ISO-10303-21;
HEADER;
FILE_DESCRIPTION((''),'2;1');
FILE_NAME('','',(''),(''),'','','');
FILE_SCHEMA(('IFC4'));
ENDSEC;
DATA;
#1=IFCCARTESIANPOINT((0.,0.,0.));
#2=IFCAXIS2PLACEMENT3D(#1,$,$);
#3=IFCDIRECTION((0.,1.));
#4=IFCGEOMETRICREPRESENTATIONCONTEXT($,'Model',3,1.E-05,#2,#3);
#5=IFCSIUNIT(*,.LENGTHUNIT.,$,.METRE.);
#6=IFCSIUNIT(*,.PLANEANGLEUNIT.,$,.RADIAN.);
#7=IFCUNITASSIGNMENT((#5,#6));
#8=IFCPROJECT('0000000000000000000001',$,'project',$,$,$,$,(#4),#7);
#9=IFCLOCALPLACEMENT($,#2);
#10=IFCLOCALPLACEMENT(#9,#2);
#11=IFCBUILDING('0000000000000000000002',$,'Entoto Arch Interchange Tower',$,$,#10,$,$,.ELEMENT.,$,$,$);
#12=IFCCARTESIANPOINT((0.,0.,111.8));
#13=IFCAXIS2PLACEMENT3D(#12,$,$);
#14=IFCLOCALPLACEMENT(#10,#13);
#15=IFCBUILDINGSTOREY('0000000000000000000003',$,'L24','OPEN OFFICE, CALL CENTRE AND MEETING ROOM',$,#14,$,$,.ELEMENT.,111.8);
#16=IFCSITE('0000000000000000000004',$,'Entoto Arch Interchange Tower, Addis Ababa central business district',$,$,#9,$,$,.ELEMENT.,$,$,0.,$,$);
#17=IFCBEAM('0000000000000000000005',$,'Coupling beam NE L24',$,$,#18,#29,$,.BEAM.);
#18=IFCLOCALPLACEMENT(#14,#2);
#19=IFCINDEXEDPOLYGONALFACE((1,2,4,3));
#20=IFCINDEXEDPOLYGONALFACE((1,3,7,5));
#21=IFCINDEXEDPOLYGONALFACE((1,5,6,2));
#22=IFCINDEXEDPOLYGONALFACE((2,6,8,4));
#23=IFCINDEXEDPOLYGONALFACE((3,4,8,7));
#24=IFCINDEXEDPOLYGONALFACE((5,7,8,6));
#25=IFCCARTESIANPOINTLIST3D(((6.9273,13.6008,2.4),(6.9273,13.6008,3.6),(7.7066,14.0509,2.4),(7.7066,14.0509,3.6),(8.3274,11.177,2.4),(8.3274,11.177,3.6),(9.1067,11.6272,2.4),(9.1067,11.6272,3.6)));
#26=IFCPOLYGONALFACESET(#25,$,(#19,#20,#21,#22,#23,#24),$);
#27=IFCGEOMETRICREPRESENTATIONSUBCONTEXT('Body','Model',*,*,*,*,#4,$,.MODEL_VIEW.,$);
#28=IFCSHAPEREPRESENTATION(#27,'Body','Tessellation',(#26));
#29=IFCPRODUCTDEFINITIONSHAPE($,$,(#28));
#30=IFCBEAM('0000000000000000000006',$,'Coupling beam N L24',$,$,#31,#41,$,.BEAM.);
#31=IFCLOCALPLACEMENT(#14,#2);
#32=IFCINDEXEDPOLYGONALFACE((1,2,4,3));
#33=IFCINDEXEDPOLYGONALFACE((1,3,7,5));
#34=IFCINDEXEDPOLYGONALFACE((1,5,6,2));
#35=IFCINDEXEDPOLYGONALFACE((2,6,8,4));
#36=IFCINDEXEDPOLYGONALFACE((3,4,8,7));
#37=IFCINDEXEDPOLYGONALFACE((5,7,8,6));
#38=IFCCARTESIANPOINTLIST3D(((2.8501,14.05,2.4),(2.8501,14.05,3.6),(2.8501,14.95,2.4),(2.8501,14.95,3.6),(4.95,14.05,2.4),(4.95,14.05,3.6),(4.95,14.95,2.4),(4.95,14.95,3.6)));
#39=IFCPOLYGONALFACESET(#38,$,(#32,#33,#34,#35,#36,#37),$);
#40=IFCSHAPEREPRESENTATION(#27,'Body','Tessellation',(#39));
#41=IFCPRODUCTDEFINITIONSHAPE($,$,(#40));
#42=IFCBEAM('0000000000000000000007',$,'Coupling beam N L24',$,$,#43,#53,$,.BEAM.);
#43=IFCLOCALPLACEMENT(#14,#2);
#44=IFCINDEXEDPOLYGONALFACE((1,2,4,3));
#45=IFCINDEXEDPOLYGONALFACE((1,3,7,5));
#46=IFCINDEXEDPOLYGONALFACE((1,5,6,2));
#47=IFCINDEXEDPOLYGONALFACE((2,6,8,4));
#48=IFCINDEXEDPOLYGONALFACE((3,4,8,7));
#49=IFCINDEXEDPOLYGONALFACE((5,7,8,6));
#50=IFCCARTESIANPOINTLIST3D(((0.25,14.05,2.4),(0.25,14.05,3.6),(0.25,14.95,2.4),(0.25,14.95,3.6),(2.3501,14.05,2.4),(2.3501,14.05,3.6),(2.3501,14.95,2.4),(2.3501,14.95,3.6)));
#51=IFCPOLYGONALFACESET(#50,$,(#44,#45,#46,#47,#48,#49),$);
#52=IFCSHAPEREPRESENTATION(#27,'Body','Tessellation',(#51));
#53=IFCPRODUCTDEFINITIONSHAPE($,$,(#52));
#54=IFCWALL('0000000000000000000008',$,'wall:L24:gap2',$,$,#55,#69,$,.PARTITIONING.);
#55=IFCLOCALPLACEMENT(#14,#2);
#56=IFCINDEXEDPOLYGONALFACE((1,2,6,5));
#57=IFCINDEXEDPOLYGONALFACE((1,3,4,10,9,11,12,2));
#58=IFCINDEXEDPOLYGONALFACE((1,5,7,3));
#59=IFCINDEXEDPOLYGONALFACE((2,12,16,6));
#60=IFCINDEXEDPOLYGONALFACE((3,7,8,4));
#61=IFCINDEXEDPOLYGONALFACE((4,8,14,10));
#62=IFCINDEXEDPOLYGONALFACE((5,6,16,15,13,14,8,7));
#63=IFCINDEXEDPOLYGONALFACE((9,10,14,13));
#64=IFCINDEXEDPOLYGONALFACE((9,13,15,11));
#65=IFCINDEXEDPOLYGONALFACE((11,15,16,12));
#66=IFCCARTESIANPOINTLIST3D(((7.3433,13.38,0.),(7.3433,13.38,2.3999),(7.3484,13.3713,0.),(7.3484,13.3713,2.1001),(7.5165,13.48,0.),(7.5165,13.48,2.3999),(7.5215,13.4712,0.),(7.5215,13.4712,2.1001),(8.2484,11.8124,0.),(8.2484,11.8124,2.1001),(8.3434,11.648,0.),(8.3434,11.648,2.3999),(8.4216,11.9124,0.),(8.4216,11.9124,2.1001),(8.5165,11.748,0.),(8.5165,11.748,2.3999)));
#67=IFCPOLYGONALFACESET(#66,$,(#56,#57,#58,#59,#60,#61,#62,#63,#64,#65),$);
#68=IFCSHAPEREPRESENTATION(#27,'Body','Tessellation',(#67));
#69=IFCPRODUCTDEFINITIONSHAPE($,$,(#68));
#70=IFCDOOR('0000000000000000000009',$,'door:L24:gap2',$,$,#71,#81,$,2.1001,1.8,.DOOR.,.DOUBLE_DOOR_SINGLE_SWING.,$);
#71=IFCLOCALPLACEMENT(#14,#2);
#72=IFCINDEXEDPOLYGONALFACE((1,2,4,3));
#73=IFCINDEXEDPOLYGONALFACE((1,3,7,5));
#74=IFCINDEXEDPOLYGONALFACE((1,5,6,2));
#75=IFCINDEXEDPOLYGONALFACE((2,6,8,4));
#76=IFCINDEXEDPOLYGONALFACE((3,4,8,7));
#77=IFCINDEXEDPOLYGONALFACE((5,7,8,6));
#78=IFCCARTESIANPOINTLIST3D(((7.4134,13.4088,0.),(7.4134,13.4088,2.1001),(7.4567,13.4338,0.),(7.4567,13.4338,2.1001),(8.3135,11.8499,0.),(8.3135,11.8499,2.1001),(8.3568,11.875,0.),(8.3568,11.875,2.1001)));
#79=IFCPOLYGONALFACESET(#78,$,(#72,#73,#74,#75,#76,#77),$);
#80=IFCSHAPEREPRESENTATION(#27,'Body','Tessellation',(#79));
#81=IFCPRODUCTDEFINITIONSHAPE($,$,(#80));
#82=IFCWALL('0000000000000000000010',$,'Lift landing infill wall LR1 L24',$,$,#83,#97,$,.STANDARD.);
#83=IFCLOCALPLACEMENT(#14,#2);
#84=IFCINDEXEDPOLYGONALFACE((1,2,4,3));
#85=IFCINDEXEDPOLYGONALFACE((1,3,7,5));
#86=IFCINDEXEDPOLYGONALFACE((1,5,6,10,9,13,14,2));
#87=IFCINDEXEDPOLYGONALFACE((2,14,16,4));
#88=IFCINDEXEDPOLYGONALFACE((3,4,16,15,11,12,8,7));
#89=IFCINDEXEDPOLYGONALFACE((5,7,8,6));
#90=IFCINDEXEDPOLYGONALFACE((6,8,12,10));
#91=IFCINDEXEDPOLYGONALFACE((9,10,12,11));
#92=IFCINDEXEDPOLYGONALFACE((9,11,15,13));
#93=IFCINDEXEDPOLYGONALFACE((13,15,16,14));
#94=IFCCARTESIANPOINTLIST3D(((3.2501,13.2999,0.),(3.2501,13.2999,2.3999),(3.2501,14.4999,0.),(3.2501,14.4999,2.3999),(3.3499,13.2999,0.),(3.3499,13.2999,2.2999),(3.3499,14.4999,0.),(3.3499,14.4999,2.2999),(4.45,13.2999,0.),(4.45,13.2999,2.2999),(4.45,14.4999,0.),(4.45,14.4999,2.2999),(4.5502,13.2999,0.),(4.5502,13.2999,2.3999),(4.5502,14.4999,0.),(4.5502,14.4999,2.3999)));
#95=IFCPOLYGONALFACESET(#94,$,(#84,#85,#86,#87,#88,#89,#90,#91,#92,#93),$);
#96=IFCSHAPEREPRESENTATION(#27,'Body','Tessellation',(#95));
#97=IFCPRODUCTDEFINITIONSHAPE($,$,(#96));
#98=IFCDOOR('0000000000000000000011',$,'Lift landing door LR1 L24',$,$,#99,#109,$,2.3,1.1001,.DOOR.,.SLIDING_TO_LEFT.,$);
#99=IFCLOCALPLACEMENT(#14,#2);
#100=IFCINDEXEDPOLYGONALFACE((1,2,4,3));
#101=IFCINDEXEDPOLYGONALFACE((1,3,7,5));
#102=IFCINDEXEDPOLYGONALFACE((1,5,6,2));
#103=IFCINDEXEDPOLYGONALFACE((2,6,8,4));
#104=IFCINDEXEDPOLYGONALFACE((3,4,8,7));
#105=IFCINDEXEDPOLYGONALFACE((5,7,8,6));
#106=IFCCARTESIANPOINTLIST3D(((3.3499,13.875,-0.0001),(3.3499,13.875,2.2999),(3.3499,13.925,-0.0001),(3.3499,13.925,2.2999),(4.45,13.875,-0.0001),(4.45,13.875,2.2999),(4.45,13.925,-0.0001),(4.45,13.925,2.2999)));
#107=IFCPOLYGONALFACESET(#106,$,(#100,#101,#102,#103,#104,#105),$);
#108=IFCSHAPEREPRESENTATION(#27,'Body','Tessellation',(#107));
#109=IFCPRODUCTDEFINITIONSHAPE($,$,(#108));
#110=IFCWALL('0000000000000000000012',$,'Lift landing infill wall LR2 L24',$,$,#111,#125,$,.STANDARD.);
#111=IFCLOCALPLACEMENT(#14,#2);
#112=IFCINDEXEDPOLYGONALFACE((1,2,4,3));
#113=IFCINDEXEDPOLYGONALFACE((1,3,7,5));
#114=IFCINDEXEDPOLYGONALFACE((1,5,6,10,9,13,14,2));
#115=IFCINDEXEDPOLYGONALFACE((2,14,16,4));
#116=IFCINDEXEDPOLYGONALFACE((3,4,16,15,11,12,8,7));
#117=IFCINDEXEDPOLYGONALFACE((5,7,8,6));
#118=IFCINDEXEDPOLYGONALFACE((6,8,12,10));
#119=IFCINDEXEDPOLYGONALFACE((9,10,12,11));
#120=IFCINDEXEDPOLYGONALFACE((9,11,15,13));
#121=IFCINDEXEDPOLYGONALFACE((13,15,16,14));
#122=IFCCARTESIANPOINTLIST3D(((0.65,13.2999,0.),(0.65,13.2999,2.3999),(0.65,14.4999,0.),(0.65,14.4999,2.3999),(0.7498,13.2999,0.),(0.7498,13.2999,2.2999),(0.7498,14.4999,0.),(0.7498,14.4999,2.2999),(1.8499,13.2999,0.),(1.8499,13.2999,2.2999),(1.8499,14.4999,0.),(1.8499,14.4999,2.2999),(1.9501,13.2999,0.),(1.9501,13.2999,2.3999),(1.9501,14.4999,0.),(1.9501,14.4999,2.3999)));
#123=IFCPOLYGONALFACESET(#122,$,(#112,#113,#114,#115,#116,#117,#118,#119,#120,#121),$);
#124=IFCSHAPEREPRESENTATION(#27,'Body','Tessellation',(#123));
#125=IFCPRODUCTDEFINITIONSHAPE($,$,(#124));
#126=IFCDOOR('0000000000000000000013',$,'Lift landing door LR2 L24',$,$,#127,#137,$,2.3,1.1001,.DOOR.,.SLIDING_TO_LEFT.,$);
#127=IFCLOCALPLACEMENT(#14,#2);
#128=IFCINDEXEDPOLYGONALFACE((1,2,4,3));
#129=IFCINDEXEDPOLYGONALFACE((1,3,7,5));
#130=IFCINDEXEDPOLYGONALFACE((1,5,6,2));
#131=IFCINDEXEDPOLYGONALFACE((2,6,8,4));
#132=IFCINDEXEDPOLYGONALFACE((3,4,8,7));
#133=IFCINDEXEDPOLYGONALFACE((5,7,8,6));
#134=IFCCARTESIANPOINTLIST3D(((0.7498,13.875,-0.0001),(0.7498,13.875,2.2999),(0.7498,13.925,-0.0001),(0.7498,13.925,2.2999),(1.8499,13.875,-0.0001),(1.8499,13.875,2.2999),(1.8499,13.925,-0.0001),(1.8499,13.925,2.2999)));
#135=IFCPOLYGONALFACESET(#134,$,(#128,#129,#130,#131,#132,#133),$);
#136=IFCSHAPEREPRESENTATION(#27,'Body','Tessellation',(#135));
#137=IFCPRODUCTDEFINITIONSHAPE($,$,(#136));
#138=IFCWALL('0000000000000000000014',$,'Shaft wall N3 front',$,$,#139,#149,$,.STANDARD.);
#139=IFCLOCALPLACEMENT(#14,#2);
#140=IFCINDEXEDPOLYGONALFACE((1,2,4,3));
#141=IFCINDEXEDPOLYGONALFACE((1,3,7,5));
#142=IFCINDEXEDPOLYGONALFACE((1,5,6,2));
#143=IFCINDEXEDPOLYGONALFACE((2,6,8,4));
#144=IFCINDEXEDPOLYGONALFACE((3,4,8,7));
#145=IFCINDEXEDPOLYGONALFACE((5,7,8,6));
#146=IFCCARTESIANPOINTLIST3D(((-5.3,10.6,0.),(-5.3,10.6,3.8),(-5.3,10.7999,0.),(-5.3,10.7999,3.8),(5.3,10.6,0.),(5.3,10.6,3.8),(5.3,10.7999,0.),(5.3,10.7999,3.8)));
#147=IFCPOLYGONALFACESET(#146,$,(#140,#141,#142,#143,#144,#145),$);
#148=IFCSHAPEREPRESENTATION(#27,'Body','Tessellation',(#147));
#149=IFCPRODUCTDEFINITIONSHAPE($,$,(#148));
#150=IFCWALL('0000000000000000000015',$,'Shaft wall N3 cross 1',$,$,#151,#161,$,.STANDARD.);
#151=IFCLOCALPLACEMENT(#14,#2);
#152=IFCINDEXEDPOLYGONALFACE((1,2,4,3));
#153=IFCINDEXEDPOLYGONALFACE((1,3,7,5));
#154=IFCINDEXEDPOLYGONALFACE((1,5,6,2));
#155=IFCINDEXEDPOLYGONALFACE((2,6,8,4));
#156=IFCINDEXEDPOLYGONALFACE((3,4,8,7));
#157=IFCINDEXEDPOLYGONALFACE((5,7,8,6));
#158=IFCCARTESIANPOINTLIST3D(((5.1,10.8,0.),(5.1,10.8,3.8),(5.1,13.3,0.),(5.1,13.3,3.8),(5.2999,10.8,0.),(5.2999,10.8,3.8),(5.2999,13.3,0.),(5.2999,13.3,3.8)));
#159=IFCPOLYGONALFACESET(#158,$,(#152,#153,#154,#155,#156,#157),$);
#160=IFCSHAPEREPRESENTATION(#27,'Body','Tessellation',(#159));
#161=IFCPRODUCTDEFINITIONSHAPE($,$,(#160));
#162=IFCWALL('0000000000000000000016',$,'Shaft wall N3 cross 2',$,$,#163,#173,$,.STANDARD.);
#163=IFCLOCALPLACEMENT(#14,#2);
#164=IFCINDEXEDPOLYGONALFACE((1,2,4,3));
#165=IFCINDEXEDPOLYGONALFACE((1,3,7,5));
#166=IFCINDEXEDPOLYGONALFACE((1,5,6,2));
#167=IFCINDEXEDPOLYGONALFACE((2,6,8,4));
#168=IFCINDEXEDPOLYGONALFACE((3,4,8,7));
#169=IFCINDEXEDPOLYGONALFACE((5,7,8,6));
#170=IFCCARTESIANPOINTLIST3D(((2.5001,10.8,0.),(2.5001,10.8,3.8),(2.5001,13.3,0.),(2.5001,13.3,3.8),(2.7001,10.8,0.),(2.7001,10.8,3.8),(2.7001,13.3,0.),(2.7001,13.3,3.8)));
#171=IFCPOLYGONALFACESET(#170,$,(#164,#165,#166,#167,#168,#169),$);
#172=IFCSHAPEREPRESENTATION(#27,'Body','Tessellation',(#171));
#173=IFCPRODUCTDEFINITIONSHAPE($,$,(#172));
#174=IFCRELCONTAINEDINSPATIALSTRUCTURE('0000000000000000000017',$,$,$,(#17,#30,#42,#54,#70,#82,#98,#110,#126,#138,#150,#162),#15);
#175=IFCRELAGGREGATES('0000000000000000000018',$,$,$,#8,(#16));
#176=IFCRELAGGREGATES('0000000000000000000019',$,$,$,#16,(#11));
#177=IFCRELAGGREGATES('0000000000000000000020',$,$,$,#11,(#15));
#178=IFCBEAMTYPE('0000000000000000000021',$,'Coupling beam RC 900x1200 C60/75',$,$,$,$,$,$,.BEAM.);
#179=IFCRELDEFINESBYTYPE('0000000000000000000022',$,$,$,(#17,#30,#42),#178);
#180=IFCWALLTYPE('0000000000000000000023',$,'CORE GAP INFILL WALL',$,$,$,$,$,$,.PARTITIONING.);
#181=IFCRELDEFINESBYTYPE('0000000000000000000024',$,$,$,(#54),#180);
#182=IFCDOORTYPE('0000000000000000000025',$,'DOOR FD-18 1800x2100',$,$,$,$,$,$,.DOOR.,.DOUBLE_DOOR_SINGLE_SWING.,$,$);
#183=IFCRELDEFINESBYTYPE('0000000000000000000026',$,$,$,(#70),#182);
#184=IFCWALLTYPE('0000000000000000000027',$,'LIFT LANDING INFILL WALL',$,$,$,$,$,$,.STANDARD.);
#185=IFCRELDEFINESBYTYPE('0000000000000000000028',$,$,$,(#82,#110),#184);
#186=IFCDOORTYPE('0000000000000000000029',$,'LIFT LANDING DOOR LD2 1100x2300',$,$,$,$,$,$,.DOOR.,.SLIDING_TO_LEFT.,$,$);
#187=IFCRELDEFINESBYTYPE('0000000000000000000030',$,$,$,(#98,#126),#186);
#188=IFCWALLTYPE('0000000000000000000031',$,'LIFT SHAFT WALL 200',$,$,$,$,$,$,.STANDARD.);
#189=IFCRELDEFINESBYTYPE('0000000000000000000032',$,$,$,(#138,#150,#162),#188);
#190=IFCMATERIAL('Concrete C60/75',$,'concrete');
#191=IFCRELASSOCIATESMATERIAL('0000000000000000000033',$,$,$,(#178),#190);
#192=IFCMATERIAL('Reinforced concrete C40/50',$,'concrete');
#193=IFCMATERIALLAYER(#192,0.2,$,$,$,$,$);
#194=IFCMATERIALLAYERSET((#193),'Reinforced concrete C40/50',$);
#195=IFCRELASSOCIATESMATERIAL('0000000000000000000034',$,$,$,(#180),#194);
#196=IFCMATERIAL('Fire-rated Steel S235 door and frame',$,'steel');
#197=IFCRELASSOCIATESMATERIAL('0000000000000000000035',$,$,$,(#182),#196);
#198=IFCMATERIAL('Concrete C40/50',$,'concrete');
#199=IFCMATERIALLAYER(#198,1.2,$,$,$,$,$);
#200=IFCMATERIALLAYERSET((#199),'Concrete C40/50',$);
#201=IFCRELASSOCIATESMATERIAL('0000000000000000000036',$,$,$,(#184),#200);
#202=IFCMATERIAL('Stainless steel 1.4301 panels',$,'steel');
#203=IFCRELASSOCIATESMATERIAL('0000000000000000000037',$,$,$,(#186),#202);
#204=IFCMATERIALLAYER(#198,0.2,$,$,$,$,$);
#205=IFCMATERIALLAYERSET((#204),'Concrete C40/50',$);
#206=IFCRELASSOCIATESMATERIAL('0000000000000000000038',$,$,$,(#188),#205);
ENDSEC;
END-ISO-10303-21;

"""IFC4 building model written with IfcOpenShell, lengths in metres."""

from ifc_helpers import new_model, si_unit, direction, frame, frame_2d, origin, origin_2d, place, context, subcontext, project, spatial, rectangle, extrude, material, layer, layer_set, material_profile, profile_set, type_object, element, fill, save


model = new_model("IFC4")

# Units and contexts
model_context = context("Model", 3, precision=1e-05, world=origin(), true_north=direction((0.0, 1.0)))
body_context = subcontext(model_context, "Body", "Model", "MODEL_VIEW")
ifc_project = project(units=[si_unit("LENGTHUNIT", "METRE"), si_unit("PLANEANGLEUNIT", "RADIAN")], contexts=[model_context])

# Site, building, storey
site_placement = place(None, origin())
site = spatial("IfcSite", under=ifc_project, at=site_placement, Name="Entoto Arch Interchange Tower, Addis Ababa central business district", CompositionType="ELEMENT", RefElevation=0.0)
building_placement = place(site_placement, origin())
building = spatial("IfcBuilding", under=site, at=building_placement, Name="Entoto Arch Interchange Tower", CompositionType="ELEMENT")
storey_placement = place(building_placement, frame((0.0, 0.0, 111.8)))
storey = spatial("IfcBuildingStorey", under=building, at=storey_placement, Name="L24", Description="OPEN OFFICE, CALL CENTRE AND MEETING ROOM", CompositionType="ELEMENT", Elevation=111.8)

# Beams
ifc_material_1 = material(Name="Concrete C60/75", Category="concrete")
ifc_material_profile = material_profile(ifc_material_1, rectangle(XDim=0.8999, YDim=1.2, at=origin_2d()))
ifc_profile_set = profile_set([ifc_material_profile], Name="Concrete C60/75")
beam_type = type_object("IfcBeamType", Name="Coupling beam RC 900x1200 C60/75", PredefinedType="BEAM", material=ifc_profile_set)
beam_1_placement = place(storey_placement, frame((8.717, 11.4021, 3.0), z_axis=(-0.500201, 0.86591, 0.0), x_axis=(-0.86591, -0.500201, 0.0)))
element("IfcBeam", 1, at=beam_1_placement, inside=storey, type_object=beam_type, Name="Coupling beam NE L24", PredefinedType="BEAM", context=body_context, shape_type="SweptSolid", body=[
    extrude(rectangle(XDim=0.8999, YDim=1.2, at=origin_2d()), origin(), (0.0, 0.0, 1.0), 2.7991),
])
beam_2_placement = place(storey_placement, frame((4.95, 14.5, 3.0), z_axis=(-1.0, 0.0, 0.0), x_axis=(0.0, -1.0, 0.0)))
element("IfcBeam", 2, at=beam_2_placement, inside=storey, type_object=beam_type, Name="Coupling beam N L24", PredefinedType="BEAM", context=body_context, shape_type="SweptSolid", body=[
    extrude(rectangle(XDim=0.8999, YDim=1.2, at=origin_2d()), origin(), (0.0, 0.0, 1.0), 2.0999),
])
beam_3_placement = place(storey_placement, frame((2.3501, 14.5, 3.0), z_axis=(-1.0, 0.0, 0.0), x_axis=(0.0, -1.0, 0.0)))
element("IfcBeam", 3, at=beam_3_placement, inside=storey, type_object=beam_type, Name="Coupling beam N L24", PredefinedType="BEAM", context=body_context, shape_type="SweptSolid", body=[
    extrude(rectangle(XDim=0.8999, YDim=1.2, at=origin_2d()), origin(), (0.0, 0.0, 1.0), 2.1001),
])

# Walls, openings, doors
ifc_material_2 = material(Name="Reinforced concrete C40/50", Category="concrete")
ifc_layer_1 = layer(ifc_material_2, 0.2)
ifc_layer_set_1 = layer_set([ifc_layer_1], Name="Reinforced concrete C40/50")
wall_type_1 = type_object("IfcWallType", Name="CORE GAP INFILL WALL", PredefinedType="PARTITIONING", material=ifc_layer_set_1)
wall_1_placement = place(storey_placement, frame((8.4299, 11.698, 0.0), z_axis=(0.0, 0.0, 1.0), x_axis=(-0.500025, 0.866011, 0.0)))
wall_1 = element("IfcWall", 4, at=wall_1_placement, inside=storey, type_object=wall_type_1, Name="wall:L24:gap2", PredefinedType="PARTITIONING", context=body_context, shape_type="SweptSolid", body=[
    extrude(rectangle(XDim=2.0, YDim=0.2, at=frame_2d((1.0, 0.0))), origin(), (0.0, 0.0, 1.0), 2.3999),
])
opening_1_placement = place(wall_1_placement, frame((0.1899, 0.0, 0.0)))
opening_1 = element("IfcOpeningElement", 5, at=opening_1_placement, cuts=wall_1, PredefinedType="OPENING", context=body_context, shape_type="SweptSolid", body=[
    extrude(rectangle(XDim=1.8, YDim=2.1001, at=frame_2d((0.8999, 1.05))), frame((0.0, 0.1099, 0.0), z_axis=(0.0, -1.0, 0.0), x_axis=(1.0, 0.0, 0.0)), (0.0, 0.0, 1.0), 0.22),
])
ifc_material_3 = material(Name="Fire-rated Steel S235 door and frame", Category="steel")
door_type_1 = type_object("IfcDoorType", Name="DOOR FD-18 1800x2100", OperationType="DOUBLE_DOOR_SINGLE_SWING", PredefinedType="DOOR", material=ifc_material_3)
door_1_placement = place(opening_1_placement, origin())
door_1 = element("IfcDoor", 6, at=door_1_placement, inside=storey, type_object=door_type_1, Name="door:L24:gap2", OperationType="DOUBLE_DOOR_SINGLE_SWING", OverallHeight=2.1001, OverallWidth=1.8, PredefinedType="DOOR", context=body_context, shape_type="SweptSolid", body=[
    extrude(rectangle(XDim=1.8, YDim=2.1001, at=frame_2d((0.8999, 1.05))), frame((0.0, 0.0249, 0.0), z_axis=(0.0, -1.0, 0.0), x_axis=(1.0, 0.0, 0.0)), (0.0, 0.0, 1.0), 0.05),
])
fill(opening_1, door_1)
ifc_material_4 = material(Name="Concrete C40/50", Category="concrete")
ifc_layer_2 = layer(ifc_material_4, 1.2)
ifc_layer_set_2 = layer_set([ifc_layer_2], Name="Concrete C40/50")
wall_type_2 = type_object("IfcWallType", Name="LIFT LANDING INFILL WALL", PredefinedType="STANDARD", material=ifc_layer_set_2)
wall_2_placement = place(storey_placement, frame((4.55, 13.8999, 0.0), z_axis=(0.0, 0.0, 1.0), x_axis=(-1.0, 0.0, 0.0)))
wall_2 = element("IfcWall", 7, at=wall_2_placement, inside=storey, type_object=wall_type_2, Name="Lift landing infill wall LR1 L24", PredefinedType="STANDARD", context=body_context, shape_type="SweptSolid", body=[
    extrude(rectangle(XDim=1.3, YDim=1.2, at=frame_2d((0.6499, 0.0))), origin(), (0.0, 0.0, 1.0), 2.3999),
])
opening_2_placement = place(wall_2_placement, frame((0.1001, 0.0, 0.0)))
opening_2 = element("IfcOpeningElement", 8, at=opening_2_placement, cuts=wall_2, PredefinedType="OPENING", context=body_context, shape_type="SweptSolid", body=[
    extrude(rectangle(XDim=1.1001, YDim=2.3, at=frame_2d((0.55, 1.1499))), frame((0.0, 0.6099, 0.0), z_axis=(0.0, -1.0, 0.0), x_axis=(1.0, 0.0, 0.0)), (0.0, 0.0, 1.0), 1.22),
])
ifc_material_5 = material(Name="Stainless steel 1.4301 panels", Category="steel")
door_type_2 = type_object("IfcDoorType", Name="LIFT LANDING DOOR LD2 1100x2300", OperationType="SLIDING_TO_LEFT", PredefinedType="DOOR", material=ifc_material_5)
door_2_placement = place(opening_2_placement, origin())
door_2 = element("IfcDoor", 9, at=door_2_placement, inside=storey, type_object=door_type_2, Name="Lift landing door LR1 L24", OperationType="SLIDING_TO_LEFT", OverallHeight=2.3, OverallWidth=1.1001, PredefinedType="DOOR", context=body_context, shape_type="SweptSolid", body=[
    extrude(rectangle(XDim=1.1001, YDim=2.3, at=frame_2d((0.55, 1.1499))), frame((0.0, 0.0249, 0.0), z_axis=(0.0, -1.0, 0.0), x_axis=(1.0, 0.0, 0.0)), (0.0, 0.0, 1.0), 0.05),
])
fill(opening_2, door_2)
wall_3_placement = place(storey_placement, frame((1.95, 13.8999, 0.0), z_axis=(0.0, 0.0, 1.0), x_axis=(-1.0, 0.0, 0.0)))
wall_3 = element("IfcWall", 10, at=wall_3_placement, inside=storey, type_object=wall_type_2, Name="Lift landing infill wall LR2 L24", PredefinedType="STANDARD", context=body_context, shape_type="SweptSolid", body=[
    extrude(rectangle(XDim=1.3, YDim=1.2, at=frame_2d((0.6499, 0.0))), origin(), (0.0, 0.0, 1.0), 2.3999),
])
opening_3_placement = place(wall_3_placement, frame((0.1001, 0.0, 0.0)))
opening_3 = element("IfcOpeningElement", 11, at=opening_3_placement, cuts=wall_3, PredefinedType="OPENING", context=body_context, shape_type="SweptSolid", body=[
    extrude(rectangle(XDim=1.1001, YDim=2.3, at=frame_2d((0.55, 1.1499))), frame((0.0, 0.6099, 0.0), z_axis=(0.0, -1.0, 0.0), x_axis=(1.0, 0.0, 0.0)), (0.0, 0.0, 1.0), 1.22),
])
door_3_placement = place(opening_3_placement, origin())
door_3 = element("IfcDoor", 12, at=door_3_placement, inside=storey, type_object=door_type_2, Name="Lift landing door LR2 L24", OperationType="SLIDING_TO_LEFT", OverallHeight=2.3, OverallWidth=1.1001, PredefinedType="DOOR", context=body_context, shape_type="SweptSolid", body=[
    extrude(rectangle(XDim=1.1001, YDim=2.3, at=frame_2d((0.55, 1.1499))), frame((0.0, 0.0249, 0.0), z_axis=(0.0, -1.0, 0.0), x_axis=(1.0, 0.0, 0.0)), (0.0, 0.0, 1.0), 0.05),
])
fill(opening_3, door_3)

# Walls
ifc_layer_3 = layer(ifc_material_4, 0.2)
ifc_layer_set_3 = layer_set([ifc_layer_3], Name="Concrete C40/50")
wall_type_3 = type_object("IfcWallType", Name="LIFT SHAFT WALL 200", PredefinedType="STANDARD", material=ifc_layer_set_3)
wall_4_placement = place(storey_placement, frame((5.3, 10.7, 0.0), z_axis=(0.0, 0.0, 1.0), x_axis=(-1.0, 0.0, 0.0)))
element("IfcWall", 13, at=wall_4_placement, inside=storey, type_object=wall_type_3, Name="Shaft wall N3 front", PredefinedType="STANDARD", context=body_context, shape_type="SweptSolid", body=[
    extrude(rectangle(XDim=10.6001, YDim=0.2, at=frame_2d((5.3, 0.0))), origin(), (0.0, 0.0, 1.0), 3.8),
])
for number, where, z_axis, x_axis, name in (
    (14, (5.2, 10.8, 0.0), (0.0, 0.0, 1.0), (0.0, 1.0, 0.0), "Shaft wall N3 cross 1"),
    (15, (2.6001, 10.8, 0.0), (0.0, 0.0, 1.0), (0.0, 1.0, 0.0), "Shaft wall N3 cross 2"),
):
    element("IfcWall", number, at=place(storey_placement, frame(where, z_axis=z_axis, x_axis=x_axis)), inside=storey, type_object=wall_type_3, Name=name, PredefinedType="STANDARD", context=body_context, shape_type="SweptSolid", body=[
        extrude(rectangle(XDim=2.5, YDim=0.2, at=frame_2d((1.25, 0.0))), origin(), (0.0, 0.0, 1.0), 3.8),
    ])

save(model, "model.ifc")
